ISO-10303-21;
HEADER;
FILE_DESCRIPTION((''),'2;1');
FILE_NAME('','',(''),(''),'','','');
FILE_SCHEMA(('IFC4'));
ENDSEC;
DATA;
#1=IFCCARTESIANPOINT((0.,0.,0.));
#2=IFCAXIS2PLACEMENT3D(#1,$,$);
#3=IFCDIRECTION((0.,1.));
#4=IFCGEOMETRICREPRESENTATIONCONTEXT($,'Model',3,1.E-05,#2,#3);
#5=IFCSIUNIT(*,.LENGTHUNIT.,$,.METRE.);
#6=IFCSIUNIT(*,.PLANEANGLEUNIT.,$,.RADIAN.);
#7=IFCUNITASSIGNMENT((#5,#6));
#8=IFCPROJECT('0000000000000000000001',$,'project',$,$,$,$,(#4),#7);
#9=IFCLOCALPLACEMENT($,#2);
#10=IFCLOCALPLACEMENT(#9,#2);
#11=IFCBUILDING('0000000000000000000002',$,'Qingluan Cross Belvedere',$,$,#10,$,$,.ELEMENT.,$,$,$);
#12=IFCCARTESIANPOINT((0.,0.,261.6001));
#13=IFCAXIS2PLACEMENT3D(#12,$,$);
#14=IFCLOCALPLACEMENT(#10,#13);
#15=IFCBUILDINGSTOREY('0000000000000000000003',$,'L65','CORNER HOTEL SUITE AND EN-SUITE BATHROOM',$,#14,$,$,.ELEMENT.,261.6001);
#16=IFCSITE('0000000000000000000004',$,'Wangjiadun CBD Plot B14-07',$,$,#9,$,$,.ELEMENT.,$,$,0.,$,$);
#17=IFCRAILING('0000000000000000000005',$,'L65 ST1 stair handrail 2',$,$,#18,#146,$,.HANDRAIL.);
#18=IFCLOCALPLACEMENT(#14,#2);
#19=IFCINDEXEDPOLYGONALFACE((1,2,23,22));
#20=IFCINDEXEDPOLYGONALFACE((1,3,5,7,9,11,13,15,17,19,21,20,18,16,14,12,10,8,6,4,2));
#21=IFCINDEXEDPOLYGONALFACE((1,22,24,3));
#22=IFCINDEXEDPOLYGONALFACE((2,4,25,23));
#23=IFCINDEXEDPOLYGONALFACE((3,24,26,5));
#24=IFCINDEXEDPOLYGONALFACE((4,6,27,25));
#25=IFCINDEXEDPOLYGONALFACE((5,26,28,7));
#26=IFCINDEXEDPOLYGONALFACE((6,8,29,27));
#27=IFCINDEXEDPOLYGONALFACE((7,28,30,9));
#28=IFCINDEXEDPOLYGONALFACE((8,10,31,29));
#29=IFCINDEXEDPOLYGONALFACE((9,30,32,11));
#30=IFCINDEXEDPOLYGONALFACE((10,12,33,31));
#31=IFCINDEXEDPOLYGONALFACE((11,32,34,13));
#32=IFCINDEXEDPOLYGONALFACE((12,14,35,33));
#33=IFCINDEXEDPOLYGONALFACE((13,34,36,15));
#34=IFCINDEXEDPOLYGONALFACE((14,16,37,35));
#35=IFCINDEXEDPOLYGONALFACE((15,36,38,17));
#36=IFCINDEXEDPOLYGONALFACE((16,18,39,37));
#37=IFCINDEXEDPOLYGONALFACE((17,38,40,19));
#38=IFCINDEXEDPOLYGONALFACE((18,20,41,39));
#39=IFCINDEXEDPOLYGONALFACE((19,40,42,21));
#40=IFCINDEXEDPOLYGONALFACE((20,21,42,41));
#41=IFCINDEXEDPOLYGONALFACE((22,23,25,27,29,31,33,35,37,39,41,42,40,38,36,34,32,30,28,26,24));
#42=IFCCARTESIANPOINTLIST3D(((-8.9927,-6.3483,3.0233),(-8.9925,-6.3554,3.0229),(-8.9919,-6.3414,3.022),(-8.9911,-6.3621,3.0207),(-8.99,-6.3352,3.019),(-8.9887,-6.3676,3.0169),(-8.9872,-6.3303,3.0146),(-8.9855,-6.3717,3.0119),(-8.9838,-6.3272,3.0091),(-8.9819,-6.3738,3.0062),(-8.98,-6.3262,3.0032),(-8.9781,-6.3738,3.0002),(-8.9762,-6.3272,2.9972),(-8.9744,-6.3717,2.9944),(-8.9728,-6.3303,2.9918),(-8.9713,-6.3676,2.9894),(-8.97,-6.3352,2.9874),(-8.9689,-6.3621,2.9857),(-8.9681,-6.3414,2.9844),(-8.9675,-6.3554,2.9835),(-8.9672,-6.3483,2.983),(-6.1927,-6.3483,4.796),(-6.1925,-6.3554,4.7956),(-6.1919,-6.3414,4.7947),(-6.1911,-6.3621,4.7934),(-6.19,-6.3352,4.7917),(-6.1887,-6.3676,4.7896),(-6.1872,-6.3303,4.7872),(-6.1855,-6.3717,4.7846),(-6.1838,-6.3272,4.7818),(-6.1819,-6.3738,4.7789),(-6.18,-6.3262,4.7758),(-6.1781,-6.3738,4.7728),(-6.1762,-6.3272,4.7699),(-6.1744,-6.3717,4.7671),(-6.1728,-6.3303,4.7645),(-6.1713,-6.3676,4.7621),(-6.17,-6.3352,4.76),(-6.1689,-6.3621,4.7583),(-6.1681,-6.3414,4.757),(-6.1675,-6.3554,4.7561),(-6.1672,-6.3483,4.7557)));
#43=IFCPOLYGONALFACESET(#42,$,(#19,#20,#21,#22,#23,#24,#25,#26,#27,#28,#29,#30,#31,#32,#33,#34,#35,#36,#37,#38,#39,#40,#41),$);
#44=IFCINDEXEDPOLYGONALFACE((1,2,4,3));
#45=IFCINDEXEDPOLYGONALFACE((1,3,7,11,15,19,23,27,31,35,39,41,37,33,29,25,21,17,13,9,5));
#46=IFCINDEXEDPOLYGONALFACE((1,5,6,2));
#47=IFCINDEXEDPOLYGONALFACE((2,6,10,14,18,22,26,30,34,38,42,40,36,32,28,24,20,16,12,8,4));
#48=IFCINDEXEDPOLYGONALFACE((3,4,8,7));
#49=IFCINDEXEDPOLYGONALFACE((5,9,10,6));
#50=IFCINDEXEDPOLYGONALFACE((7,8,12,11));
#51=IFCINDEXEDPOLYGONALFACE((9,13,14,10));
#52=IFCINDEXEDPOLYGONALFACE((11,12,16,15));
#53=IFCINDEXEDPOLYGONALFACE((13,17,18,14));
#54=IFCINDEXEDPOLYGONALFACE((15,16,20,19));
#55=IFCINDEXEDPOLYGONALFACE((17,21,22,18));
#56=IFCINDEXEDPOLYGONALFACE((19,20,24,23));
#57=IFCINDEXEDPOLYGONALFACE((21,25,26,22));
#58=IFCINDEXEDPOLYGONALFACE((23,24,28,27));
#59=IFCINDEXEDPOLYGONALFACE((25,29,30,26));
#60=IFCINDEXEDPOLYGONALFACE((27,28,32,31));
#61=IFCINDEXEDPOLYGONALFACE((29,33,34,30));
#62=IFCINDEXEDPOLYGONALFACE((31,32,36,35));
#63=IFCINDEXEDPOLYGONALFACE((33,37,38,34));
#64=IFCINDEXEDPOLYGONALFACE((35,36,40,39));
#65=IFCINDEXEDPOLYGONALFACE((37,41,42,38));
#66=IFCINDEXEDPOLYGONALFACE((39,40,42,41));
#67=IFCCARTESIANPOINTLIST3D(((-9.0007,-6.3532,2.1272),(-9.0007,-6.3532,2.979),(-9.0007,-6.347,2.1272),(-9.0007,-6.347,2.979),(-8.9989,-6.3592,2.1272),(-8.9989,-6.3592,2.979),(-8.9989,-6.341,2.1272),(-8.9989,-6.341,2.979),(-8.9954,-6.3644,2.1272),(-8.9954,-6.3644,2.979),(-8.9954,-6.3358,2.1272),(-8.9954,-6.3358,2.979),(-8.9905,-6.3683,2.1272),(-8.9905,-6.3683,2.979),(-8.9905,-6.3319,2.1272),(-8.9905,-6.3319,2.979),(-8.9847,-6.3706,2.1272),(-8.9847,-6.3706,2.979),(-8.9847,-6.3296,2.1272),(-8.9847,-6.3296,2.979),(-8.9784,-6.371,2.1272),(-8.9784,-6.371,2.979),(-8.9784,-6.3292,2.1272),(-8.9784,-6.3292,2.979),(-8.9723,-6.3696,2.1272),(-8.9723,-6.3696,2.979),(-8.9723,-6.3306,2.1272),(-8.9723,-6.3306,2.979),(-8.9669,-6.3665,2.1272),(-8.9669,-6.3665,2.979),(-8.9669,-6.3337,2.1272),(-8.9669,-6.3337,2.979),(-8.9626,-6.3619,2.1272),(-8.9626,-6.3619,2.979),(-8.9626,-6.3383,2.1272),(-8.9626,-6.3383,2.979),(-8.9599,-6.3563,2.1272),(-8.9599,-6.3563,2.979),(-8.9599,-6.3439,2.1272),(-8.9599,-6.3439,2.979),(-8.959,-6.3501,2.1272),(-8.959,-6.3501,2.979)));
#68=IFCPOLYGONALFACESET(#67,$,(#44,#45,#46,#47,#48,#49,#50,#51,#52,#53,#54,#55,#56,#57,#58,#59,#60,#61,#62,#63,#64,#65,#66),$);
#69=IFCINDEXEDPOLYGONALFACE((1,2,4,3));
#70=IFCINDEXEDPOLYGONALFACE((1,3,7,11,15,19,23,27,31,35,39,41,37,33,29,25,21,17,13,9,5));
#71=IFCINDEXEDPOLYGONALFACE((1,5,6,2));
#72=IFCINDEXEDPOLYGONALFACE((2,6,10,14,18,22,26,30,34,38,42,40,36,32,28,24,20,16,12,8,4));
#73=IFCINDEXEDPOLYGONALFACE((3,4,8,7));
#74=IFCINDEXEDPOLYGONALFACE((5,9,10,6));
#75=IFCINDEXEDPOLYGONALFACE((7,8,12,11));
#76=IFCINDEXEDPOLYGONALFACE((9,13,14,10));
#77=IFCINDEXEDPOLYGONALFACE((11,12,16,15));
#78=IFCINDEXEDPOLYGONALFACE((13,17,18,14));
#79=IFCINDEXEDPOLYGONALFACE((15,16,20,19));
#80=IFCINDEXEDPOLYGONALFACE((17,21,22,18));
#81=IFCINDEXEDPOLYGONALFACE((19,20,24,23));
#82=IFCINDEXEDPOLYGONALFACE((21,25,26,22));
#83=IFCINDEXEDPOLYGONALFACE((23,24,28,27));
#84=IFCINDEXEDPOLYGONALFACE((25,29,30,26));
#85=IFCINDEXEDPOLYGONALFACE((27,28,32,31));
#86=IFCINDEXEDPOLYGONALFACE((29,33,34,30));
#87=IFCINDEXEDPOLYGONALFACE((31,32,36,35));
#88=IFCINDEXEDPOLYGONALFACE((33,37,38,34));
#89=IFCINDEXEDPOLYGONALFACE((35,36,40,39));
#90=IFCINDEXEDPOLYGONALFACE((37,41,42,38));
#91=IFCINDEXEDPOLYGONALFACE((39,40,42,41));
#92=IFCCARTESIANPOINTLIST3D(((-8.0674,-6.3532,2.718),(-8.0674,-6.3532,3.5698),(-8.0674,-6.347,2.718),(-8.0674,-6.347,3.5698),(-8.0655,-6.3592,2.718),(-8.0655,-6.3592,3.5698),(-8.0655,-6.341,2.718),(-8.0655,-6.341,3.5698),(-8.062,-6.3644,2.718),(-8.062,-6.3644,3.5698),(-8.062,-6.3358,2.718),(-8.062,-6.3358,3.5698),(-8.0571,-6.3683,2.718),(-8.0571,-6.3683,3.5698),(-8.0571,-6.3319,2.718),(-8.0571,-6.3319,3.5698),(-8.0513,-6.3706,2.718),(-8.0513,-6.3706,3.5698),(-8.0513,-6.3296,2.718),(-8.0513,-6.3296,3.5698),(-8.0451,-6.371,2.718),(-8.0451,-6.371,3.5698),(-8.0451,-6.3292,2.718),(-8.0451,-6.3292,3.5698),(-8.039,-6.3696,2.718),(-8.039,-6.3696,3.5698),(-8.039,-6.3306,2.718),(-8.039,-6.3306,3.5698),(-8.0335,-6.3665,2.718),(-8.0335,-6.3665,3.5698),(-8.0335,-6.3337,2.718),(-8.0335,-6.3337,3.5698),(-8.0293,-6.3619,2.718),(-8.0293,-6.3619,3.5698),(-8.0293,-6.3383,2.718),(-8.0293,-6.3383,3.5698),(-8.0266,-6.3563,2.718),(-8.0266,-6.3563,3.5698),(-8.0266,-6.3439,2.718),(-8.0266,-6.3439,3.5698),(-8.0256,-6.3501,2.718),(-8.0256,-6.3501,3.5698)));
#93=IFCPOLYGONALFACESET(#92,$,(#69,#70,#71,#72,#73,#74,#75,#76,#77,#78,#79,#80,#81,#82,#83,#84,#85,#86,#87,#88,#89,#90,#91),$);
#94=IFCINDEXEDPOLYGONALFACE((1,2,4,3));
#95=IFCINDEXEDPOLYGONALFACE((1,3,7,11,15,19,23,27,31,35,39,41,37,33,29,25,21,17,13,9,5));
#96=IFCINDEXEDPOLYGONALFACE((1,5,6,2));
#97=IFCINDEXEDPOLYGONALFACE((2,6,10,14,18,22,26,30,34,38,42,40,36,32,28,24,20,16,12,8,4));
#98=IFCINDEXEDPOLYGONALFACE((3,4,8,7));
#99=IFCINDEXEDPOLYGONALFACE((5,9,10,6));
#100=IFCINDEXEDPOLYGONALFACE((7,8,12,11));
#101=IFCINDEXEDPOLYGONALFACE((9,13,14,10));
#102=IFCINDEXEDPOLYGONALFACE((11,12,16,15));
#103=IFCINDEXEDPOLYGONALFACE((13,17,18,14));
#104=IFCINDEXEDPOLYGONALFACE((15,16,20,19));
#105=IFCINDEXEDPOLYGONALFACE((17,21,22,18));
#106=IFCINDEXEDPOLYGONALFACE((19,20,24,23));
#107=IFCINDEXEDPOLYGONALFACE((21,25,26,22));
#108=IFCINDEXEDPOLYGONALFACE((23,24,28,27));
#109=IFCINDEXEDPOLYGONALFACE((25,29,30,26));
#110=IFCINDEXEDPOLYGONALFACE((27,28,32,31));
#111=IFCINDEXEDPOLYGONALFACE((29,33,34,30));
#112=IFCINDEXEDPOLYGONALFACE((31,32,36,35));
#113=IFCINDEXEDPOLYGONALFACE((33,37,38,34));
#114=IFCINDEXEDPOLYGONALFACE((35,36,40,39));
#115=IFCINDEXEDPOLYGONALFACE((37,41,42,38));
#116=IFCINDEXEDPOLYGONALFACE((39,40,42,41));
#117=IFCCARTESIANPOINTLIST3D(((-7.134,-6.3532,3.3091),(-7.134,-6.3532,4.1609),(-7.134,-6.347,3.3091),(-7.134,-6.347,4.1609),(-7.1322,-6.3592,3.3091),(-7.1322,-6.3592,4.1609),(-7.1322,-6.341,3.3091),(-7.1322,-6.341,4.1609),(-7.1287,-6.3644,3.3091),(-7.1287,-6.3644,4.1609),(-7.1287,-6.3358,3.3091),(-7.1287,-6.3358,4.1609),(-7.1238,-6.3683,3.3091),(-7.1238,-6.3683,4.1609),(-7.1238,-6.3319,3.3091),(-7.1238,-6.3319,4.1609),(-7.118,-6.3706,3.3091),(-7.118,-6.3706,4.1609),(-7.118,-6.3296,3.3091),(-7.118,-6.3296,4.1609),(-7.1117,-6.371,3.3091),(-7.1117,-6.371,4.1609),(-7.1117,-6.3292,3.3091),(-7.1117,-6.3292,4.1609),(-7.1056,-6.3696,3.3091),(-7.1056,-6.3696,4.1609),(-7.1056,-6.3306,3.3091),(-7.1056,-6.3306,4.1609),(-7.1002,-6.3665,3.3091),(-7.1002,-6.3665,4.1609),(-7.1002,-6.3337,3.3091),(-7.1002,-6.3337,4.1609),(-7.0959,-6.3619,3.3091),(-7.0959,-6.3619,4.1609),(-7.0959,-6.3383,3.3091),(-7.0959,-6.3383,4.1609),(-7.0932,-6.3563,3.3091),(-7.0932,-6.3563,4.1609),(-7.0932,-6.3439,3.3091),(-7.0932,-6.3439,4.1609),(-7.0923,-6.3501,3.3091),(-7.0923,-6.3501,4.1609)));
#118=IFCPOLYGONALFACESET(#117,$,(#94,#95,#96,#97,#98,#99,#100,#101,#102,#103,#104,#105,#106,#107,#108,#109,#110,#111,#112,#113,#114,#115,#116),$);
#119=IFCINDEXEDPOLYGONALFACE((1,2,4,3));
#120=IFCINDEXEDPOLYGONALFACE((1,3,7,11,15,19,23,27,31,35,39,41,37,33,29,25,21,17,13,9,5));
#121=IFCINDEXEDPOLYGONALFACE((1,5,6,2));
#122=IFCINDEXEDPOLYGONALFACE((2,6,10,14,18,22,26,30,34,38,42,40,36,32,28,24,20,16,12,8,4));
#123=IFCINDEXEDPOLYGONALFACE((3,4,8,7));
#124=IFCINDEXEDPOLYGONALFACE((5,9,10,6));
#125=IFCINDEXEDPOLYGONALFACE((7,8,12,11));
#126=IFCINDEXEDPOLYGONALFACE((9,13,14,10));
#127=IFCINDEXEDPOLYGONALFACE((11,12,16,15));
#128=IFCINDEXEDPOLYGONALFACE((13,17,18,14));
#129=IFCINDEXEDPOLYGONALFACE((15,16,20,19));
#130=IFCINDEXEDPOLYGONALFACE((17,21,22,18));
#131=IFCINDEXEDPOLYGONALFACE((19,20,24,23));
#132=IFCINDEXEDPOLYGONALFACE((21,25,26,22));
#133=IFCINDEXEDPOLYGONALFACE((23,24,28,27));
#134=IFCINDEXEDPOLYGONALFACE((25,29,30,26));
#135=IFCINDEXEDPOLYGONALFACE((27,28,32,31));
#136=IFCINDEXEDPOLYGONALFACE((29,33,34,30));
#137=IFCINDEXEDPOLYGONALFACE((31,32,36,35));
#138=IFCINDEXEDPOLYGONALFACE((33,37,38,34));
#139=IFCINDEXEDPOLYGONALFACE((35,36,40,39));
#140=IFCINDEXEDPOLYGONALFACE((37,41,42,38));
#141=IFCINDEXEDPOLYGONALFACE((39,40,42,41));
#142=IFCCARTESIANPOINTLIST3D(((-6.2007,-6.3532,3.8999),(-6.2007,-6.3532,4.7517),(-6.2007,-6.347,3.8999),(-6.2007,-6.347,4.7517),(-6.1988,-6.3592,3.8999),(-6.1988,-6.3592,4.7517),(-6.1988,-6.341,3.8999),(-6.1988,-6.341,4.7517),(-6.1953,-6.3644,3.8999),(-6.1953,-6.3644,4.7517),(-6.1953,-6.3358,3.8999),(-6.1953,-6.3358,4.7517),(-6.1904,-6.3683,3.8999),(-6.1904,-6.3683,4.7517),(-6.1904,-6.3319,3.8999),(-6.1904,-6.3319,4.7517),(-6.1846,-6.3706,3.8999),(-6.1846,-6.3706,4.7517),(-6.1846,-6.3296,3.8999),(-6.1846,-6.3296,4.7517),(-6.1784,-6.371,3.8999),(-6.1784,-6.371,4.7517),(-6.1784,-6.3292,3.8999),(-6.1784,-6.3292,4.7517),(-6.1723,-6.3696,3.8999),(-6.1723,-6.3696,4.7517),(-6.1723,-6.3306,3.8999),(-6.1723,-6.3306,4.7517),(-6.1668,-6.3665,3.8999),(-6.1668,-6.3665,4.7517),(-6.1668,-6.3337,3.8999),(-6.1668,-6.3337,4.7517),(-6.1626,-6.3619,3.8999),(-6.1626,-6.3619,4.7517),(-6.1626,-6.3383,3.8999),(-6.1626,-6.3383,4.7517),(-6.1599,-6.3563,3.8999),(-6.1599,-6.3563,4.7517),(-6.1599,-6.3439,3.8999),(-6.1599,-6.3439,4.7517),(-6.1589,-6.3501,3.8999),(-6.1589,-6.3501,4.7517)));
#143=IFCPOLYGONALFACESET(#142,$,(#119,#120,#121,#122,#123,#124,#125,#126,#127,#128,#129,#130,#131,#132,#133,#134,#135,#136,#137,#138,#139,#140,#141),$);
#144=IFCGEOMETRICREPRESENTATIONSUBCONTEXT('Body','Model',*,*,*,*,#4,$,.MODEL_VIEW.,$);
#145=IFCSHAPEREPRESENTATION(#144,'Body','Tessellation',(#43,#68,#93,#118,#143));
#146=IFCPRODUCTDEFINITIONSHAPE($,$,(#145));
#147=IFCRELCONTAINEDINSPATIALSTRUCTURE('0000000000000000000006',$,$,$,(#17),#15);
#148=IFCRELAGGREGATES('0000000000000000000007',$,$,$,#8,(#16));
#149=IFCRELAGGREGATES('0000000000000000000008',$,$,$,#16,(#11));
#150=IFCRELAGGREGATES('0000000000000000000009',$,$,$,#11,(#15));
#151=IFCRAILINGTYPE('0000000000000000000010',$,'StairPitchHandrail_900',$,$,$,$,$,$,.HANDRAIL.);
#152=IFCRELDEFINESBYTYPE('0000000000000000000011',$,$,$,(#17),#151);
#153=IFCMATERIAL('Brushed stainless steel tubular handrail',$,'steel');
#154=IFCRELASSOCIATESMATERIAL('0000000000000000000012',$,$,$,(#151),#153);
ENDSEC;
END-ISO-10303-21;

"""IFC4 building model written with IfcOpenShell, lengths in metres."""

from ifc_helpers import new_model, si_unit, direction, frame, origin, origin_2d, place, context, subcontext, project, spatial, circle, extrude, material, type_object, element, save


model = new_model("IFC4")

# Units and contexts
model_context = context("Model", 3, precision=1e-05, world=origin(), true_north=direction((0.0, 1.0)))
body_context = subcontext(model_context, "Body", "Model", "MODEL_VIEW")
ifc_project = project(units=[si_unit("LENGTHUNIT", "METRE"), si_unit("PLANEANGLEUNIT", "RADIAN")], contexts=[model_context])

# Site, building, storey
site_placement = place(None, origin())
site = spatial("IfcSite", under=ifc_project, at=site_placement, Name="Wangjiadun CBD Plot B14-07", CompositionType="ELEMENT", RefElevation=0.0)
building_placement = place(site_placement, origin())
building = spatial("IfcBuilding", under=site, at=building_placement, Name="Qingluan Cross Belvedere", CompositionType="ELEMENT")
storey_placement = place(building_placement, frame((0.0, 0.0, 261.6001)))
storey = spatial("IfcBuildingStorey", under=building, at=storey_placement, Name="L65", Description="CORNER HOTEL SUITE AND EN-SUITE BATHROOM", CompositionType="ELEMENT", Elevation=261.6001)

# Railing
ifc_material_1 = material(Name="Brushed stainless steel tubular handrail", Category="steel")
railing_type_1 = type_object("IfcRailingType", Name="StairPitchHandrail_900", PredefinedType="HANDRAIL", material=ifc_material_1)
railing_1_placement = place(storey_placement, frame((-8.98, -6.3501, 2.1272)))
element("IfcRailing", 1, at=railing_1_placement, inside=storey, type_object=railing_type_1, Name="L65 ST1 stair handrail 2", PredefinedType="HANDRAIL", context=body_context, shape_type="SweptSolid", body=[
    extrude(circle(Radius=0.0239, at=origin_2d()), frame((0.0, 0.0, 0.876), z_axis=(0.844909, 0.0, 0.53491), x_axis=(0.0, 1.0, 0.0)), (0.0, 0.0, 1.0), 3.314),
    extrude(circle(Radius=0.021, at=origin_2d()), origin(), (0.0, 0.0, 1.0), 0.8518),
    extrude(circle(Radius=0.021, at=origin_2d()), frame((0.9333, 0.0, 0.5908)), (0.0, 0.0, 1.0), 0.8518),
    extrude(circle(Radius=0.021, at=origin_2d()), frame((1.8667, 0.0, 1.1819)), (0.0, 0.0, 1.0), 0.8518),
    extrude(circle(Radius=0.021, at=origin_2d()), frame((2.8, 0.0, 1.7727)), (0.0, 0.0, 1.0), 0.8518),
])

save(model, "model.ifc")
